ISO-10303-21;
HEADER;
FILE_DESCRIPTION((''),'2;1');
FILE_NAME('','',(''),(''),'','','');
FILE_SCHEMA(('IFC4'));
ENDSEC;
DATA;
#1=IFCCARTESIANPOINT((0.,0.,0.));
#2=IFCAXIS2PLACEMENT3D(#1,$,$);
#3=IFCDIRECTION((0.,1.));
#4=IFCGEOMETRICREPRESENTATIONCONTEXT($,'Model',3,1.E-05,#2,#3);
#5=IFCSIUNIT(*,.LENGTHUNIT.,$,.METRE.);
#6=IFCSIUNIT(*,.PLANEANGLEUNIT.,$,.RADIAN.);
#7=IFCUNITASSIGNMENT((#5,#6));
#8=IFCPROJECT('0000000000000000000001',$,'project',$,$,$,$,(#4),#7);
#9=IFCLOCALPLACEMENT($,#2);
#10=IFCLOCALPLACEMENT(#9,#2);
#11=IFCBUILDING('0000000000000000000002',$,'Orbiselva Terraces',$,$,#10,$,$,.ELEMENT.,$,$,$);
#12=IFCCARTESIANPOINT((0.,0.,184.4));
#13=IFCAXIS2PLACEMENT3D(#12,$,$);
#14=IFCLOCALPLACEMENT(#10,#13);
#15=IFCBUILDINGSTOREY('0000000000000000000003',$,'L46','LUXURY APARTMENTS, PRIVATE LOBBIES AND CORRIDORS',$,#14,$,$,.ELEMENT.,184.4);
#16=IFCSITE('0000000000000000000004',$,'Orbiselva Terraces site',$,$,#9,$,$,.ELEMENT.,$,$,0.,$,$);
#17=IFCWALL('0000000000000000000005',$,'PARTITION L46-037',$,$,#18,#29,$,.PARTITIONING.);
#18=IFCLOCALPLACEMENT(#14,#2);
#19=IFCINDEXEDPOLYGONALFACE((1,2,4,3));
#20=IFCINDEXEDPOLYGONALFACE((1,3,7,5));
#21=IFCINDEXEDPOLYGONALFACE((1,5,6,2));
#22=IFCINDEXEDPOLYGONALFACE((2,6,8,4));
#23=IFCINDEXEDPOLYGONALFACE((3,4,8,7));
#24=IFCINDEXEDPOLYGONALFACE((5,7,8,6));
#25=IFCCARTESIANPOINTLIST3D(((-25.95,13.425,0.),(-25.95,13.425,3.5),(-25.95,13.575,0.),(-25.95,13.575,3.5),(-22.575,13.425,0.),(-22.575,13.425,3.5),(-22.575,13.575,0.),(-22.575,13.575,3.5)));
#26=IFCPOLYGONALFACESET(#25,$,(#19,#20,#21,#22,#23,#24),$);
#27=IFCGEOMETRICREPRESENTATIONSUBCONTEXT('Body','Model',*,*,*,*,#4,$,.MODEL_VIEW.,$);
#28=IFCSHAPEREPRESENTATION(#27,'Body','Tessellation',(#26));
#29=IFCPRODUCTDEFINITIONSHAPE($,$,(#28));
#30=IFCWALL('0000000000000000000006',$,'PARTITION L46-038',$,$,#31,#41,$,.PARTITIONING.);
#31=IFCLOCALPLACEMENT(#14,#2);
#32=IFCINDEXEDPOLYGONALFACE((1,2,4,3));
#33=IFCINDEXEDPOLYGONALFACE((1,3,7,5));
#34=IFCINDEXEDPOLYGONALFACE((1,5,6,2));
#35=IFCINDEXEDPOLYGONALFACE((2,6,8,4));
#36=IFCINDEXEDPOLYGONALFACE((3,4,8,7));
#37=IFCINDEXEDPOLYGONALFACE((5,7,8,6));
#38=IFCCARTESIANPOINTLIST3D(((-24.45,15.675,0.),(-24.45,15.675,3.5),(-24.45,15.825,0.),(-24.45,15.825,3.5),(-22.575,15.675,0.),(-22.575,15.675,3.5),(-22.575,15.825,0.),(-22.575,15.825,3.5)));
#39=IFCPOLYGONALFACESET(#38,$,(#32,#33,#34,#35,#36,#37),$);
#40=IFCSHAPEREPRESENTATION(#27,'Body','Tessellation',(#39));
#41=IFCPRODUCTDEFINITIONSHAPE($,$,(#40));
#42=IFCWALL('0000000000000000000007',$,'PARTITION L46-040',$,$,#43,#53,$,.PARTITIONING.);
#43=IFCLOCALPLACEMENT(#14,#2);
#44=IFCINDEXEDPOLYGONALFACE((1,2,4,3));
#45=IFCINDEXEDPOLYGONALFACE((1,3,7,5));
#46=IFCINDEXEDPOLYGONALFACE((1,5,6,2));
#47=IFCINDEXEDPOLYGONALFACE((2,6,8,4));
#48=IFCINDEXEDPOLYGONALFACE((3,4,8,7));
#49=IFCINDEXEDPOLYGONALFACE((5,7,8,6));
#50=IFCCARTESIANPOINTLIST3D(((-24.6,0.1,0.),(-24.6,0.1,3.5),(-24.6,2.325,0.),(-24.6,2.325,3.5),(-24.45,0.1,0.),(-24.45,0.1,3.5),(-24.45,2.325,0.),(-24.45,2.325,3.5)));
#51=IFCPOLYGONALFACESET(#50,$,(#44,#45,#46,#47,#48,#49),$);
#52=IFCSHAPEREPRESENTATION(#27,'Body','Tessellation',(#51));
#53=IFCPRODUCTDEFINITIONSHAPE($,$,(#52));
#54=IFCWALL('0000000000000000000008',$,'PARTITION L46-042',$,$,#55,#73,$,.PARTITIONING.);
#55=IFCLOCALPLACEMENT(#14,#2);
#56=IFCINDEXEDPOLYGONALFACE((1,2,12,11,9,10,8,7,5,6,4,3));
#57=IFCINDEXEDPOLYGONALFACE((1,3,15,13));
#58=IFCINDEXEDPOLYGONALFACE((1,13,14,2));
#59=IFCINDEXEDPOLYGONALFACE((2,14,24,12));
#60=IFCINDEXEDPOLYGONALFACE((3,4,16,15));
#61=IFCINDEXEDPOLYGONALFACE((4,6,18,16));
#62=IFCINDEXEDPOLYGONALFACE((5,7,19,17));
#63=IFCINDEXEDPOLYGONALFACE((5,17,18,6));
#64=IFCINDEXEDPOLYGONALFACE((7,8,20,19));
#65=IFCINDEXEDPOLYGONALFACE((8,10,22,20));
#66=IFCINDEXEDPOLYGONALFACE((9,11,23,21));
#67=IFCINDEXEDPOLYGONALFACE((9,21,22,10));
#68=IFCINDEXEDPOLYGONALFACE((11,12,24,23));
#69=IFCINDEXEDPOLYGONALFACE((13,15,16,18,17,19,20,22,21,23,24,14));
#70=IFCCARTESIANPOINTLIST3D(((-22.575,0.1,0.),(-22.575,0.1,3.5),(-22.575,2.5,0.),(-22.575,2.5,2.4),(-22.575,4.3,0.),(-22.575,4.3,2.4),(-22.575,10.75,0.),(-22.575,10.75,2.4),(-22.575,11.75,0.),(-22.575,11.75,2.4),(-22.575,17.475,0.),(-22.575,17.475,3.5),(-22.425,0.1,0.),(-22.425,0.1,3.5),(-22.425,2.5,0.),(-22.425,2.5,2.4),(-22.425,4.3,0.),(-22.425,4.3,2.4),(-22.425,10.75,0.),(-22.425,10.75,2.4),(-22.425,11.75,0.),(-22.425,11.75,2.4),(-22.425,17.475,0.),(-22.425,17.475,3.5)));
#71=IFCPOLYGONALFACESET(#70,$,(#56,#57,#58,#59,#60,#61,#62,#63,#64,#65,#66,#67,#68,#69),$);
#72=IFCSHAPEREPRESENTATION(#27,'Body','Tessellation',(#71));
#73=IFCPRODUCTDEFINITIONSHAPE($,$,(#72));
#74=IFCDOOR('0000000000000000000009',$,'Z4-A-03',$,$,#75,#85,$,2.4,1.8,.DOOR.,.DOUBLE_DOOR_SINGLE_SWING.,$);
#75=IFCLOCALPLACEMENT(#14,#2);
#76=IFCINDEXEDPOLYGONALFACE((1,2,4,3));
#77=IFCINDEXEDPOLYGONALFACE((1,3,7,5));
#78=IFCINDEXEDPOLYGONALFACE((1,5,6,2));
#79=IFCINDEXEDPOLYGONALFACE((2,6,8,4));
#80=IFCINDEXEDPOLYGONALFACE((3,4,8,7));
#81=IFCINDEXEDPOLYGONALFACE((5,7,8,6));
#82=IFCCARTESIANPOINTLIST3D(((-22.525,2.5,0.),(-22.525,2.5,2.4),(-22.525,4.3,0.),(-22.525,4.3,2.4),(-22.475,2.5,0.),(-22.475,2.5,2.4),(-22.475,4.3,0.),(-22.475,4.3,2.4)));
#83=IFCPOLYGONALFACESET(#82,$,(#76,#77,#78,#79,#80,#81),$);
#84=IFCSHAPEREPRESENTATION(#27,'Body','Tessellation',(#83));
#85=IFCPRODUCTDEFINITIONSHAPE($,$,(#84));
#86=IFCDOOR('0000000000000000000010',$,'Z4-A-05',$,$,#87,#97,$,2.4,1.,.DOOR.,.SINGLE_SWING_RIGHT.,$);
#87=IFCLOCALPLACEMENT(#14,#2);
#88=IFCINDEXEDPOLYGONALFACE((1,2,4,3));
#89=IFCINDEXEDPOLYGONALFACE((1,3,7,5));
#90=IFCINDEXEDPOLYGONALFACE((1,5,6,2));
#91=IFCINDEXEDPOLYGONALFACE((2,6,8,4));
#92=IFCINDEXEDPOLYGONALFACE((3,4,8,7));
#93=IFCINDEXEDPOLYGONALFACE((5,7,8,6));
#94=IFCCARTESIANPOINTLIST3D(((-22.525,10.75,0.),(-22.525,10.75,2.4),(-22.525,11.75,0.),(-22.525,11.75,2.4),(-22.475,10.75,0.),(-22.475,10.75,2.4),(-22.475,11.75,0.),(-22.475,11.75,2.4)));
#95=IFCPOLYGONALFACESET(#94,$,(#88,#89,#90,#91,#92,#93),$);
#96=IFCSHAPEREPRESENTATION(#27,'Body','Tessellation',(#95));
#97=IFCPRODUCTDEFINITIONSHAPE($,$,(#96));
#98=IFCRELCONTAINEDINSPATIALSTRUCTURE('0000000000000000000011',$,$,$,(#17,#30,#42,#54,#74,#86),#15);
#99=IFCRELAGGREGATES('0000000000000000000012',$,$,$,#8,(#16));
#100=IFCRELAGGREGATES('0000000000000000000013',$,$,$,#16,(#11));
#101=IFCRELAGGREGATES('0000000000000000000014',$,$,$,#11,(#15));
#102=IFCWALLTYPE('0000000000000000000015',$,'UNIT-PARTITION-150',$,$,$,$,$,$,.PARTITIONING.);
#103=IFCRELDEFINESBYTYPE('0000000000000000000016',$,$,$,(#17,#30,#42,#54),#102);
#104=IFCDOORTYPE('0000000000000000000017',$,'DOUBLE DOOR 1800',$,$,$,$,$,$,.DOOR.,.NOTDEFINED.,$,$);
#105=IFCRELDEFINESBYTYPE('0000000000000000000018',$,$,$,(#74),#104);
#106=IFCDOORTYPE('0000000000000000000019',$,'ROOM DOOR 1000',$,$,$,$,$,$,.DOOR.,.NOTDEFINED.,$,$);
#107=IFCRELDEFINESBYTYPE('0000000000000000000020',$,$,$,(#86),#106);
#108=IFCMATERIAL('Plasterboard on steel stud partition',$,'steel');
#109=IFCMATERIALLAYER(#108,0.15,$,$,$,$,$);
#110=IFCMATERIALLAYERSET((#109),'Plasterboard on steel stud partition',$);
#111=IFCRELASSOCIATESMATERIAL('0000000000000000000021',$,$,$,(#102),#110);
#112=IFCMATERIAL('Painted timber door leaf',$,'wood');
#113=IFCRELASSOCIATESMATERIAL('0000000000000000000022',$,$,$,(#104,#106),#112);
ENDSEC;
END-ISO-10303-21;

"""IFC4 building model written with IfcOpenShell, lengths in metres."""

from ifc_helpers import new_model, si_unit, direction, frame, frame_2d, origin, place, context, subcontext, project, spatial, rectangle, extrude, material, layer, layer_set, type_object, element, fill, save


model = new_model("IFC4")

# Units and contexts
model_context = context("Model", 3, precision=1e-05, world=origin(), true_north=direction((0.0, 1.0)))
body_context = subcontext(model_context, "Body", "Model", "MODEL_VIEW")
ifc_project = project(units=[si_unit("LENGTHUNIT", "METRE"), si_unit("PLANEANGLEUNIT", "RADIAN")], contexts=[model_context])

# Site, building, storey
site_placement = place(None, origin())
site = spatial("IfcSite", under=ifc_project, at=site_placement, Name="Orbiselva Terraces site", CompositionType="ELEMENT", RefElevation=0.0)
building_placement = place(site_placement, origin())
building = spatial("IfcBuilding", under=site, at=building_placement, Name="Orbiselva Terraces", CompositionType="ELEMENT")
storey_placement = place(building_placement, frame((0.0, 0.0, 184.4)))
storey = spatial("IfcBuildingStorey", under=building, at=storey_placement, Name="L46", Description="LUXURY APARTMENTS, PRIVATE LOBBIES AND CORRIDORS", CompositionType="ELEMENT", Elevation=184.4)

# Shared definitions
ifc_material_1 = material(Name="Plasterboard on steel stud partition", Category="steel")
ifc_material_2 = material(Name="Painted timber door leaf", Category="wood")

# Shared definitions
ifc_layer_1 = layer(ifc_material_1, 0.15)
ifc_layer_set_1 = layer_set([ifc_layer_1], Name="Plasterboard on steel stud partition")
wall_type_1 = type_object("IfcWallType", Name="UNIT-PARTITION-150", PredefinedType="PARTITIONING", material=ifc_layer_set_1)

# Walls
wall_1_placement = place(storey_placement, frame((-25.95, 13.5, 0.0), z_axis=(0.0, 0.0, 1.0), x_axis=(1.0, 0.0, 0.0)))
element("IfcWall", 1, at=wall_1_placement, inside=storey, type_object=wall_type_1, Name="PARTITION L46-037", PredefinedType="PARTITIONING", context=body_context, shape_type="SweptSolid", body=[
    extrude(rectangle(XDim=3.375, YDim=0.15, at=frame_2d((1.6875, 0.0))), origin(), (0.0, 0.0, 1.0), 3.5),
])
wall_2_placement = place(storey_placement, frame((-24.45, 15.75, 0.0), z_axis=(0.0, 0.0, 1.0), x_axis=(1.0, 0.0, 0.0)))
element("IfcWall", 2, at=wall_2_placement, inside=storey, type_object=wall_type_1, Name="PARTITION L46-038", PredefinedType="PARTITIONING", context=body_context, shape_type="SweptSolid", body=[
    extrude(rectangle(XDim=1.875, YDim=0.15, at=frame_2d((0.9375, 0.0))), origin(), (0.0, 0.0, 1.0), 3.5),
])
wall_3_placement = place(storey_placement, frame((-24.525, 0.1, 0.0), z_axis=(0.0, 0.0, 1.0), x_axis=(0.0, 1.0, 0.0)))
element("IfcWall", 3, at=wall_3_placement, inside=storey, type_object=wall_type_1, Name="PARTITION L46-040", PredefinedType="PARTITIONING", context=body_context, shape_type="SweptSolid", body=[
    extrude(rectangle(XDim=2.225, YDim=0.15, at=frame_2d((1.1125, 0.0))), origin(), (0.0, 0.0, 1.0), 3.5),
])

# Wall, openings, doors
wall_4_placement = place(storey_placement, frame((-22.5, 0.1, 0.0), z_axis=(0.0, 0.0, 1.0), x_axis=(0.0, 1.0, 0.0)))
wall_4 = element("IfcWall", 4, at=wall_4_placement, inside=storey, type_object=wall_type_1, Name="PARTITION L46-042", PredefinedType="PARTITIONING", context=body_context, shape_type="SweptSolid", body=[
    extrude(rectangle(XDim=17.375, YDim=0.15, at=frame_2d((8.6875, 0.0))), origin(), (0.0, 0.0, 1.0), 3.5),
])
opening_1_placement = place(wall_4_placement, frame((2.4, 0.0, 0.0)))
opening_1 = element("IfcOpeningElement", 5, at=opening_1_placement, cuts=wall_4, PredefinedType="OPENING", context=body_context, shape_type="SweptSolid", body=[
    extrude(rectangle(XDim=1.8, YDim=2.4, at=frame_2d((0.9, 1.2))), frame((0.0, 0.085, 0.0), z_axis=(0.0, -1.0, 0.0), x_axis=(1.0, 0.0, 0.0)), (0.0, 0.0, 1.0), 0.17),
])
opening_2_placement = place(wall_4_placement, frame((10.65, 0.0, 0.0)))
opening_2 = element("IfcOpeningElement", 6, at=opening_2_placement, cuts=wall_4, PredefinedType="OPENING", context=body_context, shape_type="SweptSolid", body=[
    extrude(rectangle(XDim=1.0, YDim=2.4, at=frame_2d((0.5, 1.2))), frame((0.0, 0.085, 0.0), z_axis=(0.0, -1.0, 0.0), x_axis=(1.0, 0.0, 0.0)), (0.0, 0.0, 1.0), 0.17),
])
door_type_1 = type_object("IfcDoorType", Name="DOUBLE DOOR 1800", OperationType="NOTDEFINED", PredefinedType="DOOR", material=ifc_material_2)
door_1_placement = place(opening_1_placement, origin())
door_1 = element("IfcDoor", 7, at=door_1_placement, inside=storey, type_object=door_type_1, Name="Z4-A-03", OperationType="DOUBLE_DOOR_SINGLE_SWING", OverallHeight=2.4, OverallWidth=1.8, PredefinedType="DOOR", context=body_context, shape_type="SweptSolid", body=[
    extrude(rectangle(XDim=1.8, YDim=2.4, at=frame_2d((0.9, 1.2))), frame((0.0, 0.025, 0.0), z_axis=(0.0, -1.0, 0.0), x_axis=(1.0, 0.0, 0.0)), (0.0, 0.0, 1.0), 0.05),
])
fill(opening_1, door_1)
door_type_2 = type_object("IfcDoorType", Name="ROOM DOOR 1000", OperationType="NOTDEFINED", PredefinedType="DOOR", material=ifc_material_2)
door_2_placement = place(opening_2_placement, origin())
door_2 = element("IfcDoor", 8, at=door_2_placement, inside=storey, type_object=door_type_2, Name="Z4-A-05", OperationType="SINGLE_SWING_RIGHT", OverallHeight=2.4, OverallWidth=1.0, PredefinedType="DOOR", context=body_context, shape_type="SweptSolid", body=[
    extrude(rectangle(XDim=1.0, YDim=2.4, at=frame_2d((0.5, 1.2))), frame((0.0, 0.025, 0.0), z_axis=(0.0, -1.0, 0.0), x_axis=(1.0, 0.0, 0.0)), (0.0, 0.0, 1.0), 0.05),
])
fill(opening_2, door_2)

save(model, "model.ifc")
